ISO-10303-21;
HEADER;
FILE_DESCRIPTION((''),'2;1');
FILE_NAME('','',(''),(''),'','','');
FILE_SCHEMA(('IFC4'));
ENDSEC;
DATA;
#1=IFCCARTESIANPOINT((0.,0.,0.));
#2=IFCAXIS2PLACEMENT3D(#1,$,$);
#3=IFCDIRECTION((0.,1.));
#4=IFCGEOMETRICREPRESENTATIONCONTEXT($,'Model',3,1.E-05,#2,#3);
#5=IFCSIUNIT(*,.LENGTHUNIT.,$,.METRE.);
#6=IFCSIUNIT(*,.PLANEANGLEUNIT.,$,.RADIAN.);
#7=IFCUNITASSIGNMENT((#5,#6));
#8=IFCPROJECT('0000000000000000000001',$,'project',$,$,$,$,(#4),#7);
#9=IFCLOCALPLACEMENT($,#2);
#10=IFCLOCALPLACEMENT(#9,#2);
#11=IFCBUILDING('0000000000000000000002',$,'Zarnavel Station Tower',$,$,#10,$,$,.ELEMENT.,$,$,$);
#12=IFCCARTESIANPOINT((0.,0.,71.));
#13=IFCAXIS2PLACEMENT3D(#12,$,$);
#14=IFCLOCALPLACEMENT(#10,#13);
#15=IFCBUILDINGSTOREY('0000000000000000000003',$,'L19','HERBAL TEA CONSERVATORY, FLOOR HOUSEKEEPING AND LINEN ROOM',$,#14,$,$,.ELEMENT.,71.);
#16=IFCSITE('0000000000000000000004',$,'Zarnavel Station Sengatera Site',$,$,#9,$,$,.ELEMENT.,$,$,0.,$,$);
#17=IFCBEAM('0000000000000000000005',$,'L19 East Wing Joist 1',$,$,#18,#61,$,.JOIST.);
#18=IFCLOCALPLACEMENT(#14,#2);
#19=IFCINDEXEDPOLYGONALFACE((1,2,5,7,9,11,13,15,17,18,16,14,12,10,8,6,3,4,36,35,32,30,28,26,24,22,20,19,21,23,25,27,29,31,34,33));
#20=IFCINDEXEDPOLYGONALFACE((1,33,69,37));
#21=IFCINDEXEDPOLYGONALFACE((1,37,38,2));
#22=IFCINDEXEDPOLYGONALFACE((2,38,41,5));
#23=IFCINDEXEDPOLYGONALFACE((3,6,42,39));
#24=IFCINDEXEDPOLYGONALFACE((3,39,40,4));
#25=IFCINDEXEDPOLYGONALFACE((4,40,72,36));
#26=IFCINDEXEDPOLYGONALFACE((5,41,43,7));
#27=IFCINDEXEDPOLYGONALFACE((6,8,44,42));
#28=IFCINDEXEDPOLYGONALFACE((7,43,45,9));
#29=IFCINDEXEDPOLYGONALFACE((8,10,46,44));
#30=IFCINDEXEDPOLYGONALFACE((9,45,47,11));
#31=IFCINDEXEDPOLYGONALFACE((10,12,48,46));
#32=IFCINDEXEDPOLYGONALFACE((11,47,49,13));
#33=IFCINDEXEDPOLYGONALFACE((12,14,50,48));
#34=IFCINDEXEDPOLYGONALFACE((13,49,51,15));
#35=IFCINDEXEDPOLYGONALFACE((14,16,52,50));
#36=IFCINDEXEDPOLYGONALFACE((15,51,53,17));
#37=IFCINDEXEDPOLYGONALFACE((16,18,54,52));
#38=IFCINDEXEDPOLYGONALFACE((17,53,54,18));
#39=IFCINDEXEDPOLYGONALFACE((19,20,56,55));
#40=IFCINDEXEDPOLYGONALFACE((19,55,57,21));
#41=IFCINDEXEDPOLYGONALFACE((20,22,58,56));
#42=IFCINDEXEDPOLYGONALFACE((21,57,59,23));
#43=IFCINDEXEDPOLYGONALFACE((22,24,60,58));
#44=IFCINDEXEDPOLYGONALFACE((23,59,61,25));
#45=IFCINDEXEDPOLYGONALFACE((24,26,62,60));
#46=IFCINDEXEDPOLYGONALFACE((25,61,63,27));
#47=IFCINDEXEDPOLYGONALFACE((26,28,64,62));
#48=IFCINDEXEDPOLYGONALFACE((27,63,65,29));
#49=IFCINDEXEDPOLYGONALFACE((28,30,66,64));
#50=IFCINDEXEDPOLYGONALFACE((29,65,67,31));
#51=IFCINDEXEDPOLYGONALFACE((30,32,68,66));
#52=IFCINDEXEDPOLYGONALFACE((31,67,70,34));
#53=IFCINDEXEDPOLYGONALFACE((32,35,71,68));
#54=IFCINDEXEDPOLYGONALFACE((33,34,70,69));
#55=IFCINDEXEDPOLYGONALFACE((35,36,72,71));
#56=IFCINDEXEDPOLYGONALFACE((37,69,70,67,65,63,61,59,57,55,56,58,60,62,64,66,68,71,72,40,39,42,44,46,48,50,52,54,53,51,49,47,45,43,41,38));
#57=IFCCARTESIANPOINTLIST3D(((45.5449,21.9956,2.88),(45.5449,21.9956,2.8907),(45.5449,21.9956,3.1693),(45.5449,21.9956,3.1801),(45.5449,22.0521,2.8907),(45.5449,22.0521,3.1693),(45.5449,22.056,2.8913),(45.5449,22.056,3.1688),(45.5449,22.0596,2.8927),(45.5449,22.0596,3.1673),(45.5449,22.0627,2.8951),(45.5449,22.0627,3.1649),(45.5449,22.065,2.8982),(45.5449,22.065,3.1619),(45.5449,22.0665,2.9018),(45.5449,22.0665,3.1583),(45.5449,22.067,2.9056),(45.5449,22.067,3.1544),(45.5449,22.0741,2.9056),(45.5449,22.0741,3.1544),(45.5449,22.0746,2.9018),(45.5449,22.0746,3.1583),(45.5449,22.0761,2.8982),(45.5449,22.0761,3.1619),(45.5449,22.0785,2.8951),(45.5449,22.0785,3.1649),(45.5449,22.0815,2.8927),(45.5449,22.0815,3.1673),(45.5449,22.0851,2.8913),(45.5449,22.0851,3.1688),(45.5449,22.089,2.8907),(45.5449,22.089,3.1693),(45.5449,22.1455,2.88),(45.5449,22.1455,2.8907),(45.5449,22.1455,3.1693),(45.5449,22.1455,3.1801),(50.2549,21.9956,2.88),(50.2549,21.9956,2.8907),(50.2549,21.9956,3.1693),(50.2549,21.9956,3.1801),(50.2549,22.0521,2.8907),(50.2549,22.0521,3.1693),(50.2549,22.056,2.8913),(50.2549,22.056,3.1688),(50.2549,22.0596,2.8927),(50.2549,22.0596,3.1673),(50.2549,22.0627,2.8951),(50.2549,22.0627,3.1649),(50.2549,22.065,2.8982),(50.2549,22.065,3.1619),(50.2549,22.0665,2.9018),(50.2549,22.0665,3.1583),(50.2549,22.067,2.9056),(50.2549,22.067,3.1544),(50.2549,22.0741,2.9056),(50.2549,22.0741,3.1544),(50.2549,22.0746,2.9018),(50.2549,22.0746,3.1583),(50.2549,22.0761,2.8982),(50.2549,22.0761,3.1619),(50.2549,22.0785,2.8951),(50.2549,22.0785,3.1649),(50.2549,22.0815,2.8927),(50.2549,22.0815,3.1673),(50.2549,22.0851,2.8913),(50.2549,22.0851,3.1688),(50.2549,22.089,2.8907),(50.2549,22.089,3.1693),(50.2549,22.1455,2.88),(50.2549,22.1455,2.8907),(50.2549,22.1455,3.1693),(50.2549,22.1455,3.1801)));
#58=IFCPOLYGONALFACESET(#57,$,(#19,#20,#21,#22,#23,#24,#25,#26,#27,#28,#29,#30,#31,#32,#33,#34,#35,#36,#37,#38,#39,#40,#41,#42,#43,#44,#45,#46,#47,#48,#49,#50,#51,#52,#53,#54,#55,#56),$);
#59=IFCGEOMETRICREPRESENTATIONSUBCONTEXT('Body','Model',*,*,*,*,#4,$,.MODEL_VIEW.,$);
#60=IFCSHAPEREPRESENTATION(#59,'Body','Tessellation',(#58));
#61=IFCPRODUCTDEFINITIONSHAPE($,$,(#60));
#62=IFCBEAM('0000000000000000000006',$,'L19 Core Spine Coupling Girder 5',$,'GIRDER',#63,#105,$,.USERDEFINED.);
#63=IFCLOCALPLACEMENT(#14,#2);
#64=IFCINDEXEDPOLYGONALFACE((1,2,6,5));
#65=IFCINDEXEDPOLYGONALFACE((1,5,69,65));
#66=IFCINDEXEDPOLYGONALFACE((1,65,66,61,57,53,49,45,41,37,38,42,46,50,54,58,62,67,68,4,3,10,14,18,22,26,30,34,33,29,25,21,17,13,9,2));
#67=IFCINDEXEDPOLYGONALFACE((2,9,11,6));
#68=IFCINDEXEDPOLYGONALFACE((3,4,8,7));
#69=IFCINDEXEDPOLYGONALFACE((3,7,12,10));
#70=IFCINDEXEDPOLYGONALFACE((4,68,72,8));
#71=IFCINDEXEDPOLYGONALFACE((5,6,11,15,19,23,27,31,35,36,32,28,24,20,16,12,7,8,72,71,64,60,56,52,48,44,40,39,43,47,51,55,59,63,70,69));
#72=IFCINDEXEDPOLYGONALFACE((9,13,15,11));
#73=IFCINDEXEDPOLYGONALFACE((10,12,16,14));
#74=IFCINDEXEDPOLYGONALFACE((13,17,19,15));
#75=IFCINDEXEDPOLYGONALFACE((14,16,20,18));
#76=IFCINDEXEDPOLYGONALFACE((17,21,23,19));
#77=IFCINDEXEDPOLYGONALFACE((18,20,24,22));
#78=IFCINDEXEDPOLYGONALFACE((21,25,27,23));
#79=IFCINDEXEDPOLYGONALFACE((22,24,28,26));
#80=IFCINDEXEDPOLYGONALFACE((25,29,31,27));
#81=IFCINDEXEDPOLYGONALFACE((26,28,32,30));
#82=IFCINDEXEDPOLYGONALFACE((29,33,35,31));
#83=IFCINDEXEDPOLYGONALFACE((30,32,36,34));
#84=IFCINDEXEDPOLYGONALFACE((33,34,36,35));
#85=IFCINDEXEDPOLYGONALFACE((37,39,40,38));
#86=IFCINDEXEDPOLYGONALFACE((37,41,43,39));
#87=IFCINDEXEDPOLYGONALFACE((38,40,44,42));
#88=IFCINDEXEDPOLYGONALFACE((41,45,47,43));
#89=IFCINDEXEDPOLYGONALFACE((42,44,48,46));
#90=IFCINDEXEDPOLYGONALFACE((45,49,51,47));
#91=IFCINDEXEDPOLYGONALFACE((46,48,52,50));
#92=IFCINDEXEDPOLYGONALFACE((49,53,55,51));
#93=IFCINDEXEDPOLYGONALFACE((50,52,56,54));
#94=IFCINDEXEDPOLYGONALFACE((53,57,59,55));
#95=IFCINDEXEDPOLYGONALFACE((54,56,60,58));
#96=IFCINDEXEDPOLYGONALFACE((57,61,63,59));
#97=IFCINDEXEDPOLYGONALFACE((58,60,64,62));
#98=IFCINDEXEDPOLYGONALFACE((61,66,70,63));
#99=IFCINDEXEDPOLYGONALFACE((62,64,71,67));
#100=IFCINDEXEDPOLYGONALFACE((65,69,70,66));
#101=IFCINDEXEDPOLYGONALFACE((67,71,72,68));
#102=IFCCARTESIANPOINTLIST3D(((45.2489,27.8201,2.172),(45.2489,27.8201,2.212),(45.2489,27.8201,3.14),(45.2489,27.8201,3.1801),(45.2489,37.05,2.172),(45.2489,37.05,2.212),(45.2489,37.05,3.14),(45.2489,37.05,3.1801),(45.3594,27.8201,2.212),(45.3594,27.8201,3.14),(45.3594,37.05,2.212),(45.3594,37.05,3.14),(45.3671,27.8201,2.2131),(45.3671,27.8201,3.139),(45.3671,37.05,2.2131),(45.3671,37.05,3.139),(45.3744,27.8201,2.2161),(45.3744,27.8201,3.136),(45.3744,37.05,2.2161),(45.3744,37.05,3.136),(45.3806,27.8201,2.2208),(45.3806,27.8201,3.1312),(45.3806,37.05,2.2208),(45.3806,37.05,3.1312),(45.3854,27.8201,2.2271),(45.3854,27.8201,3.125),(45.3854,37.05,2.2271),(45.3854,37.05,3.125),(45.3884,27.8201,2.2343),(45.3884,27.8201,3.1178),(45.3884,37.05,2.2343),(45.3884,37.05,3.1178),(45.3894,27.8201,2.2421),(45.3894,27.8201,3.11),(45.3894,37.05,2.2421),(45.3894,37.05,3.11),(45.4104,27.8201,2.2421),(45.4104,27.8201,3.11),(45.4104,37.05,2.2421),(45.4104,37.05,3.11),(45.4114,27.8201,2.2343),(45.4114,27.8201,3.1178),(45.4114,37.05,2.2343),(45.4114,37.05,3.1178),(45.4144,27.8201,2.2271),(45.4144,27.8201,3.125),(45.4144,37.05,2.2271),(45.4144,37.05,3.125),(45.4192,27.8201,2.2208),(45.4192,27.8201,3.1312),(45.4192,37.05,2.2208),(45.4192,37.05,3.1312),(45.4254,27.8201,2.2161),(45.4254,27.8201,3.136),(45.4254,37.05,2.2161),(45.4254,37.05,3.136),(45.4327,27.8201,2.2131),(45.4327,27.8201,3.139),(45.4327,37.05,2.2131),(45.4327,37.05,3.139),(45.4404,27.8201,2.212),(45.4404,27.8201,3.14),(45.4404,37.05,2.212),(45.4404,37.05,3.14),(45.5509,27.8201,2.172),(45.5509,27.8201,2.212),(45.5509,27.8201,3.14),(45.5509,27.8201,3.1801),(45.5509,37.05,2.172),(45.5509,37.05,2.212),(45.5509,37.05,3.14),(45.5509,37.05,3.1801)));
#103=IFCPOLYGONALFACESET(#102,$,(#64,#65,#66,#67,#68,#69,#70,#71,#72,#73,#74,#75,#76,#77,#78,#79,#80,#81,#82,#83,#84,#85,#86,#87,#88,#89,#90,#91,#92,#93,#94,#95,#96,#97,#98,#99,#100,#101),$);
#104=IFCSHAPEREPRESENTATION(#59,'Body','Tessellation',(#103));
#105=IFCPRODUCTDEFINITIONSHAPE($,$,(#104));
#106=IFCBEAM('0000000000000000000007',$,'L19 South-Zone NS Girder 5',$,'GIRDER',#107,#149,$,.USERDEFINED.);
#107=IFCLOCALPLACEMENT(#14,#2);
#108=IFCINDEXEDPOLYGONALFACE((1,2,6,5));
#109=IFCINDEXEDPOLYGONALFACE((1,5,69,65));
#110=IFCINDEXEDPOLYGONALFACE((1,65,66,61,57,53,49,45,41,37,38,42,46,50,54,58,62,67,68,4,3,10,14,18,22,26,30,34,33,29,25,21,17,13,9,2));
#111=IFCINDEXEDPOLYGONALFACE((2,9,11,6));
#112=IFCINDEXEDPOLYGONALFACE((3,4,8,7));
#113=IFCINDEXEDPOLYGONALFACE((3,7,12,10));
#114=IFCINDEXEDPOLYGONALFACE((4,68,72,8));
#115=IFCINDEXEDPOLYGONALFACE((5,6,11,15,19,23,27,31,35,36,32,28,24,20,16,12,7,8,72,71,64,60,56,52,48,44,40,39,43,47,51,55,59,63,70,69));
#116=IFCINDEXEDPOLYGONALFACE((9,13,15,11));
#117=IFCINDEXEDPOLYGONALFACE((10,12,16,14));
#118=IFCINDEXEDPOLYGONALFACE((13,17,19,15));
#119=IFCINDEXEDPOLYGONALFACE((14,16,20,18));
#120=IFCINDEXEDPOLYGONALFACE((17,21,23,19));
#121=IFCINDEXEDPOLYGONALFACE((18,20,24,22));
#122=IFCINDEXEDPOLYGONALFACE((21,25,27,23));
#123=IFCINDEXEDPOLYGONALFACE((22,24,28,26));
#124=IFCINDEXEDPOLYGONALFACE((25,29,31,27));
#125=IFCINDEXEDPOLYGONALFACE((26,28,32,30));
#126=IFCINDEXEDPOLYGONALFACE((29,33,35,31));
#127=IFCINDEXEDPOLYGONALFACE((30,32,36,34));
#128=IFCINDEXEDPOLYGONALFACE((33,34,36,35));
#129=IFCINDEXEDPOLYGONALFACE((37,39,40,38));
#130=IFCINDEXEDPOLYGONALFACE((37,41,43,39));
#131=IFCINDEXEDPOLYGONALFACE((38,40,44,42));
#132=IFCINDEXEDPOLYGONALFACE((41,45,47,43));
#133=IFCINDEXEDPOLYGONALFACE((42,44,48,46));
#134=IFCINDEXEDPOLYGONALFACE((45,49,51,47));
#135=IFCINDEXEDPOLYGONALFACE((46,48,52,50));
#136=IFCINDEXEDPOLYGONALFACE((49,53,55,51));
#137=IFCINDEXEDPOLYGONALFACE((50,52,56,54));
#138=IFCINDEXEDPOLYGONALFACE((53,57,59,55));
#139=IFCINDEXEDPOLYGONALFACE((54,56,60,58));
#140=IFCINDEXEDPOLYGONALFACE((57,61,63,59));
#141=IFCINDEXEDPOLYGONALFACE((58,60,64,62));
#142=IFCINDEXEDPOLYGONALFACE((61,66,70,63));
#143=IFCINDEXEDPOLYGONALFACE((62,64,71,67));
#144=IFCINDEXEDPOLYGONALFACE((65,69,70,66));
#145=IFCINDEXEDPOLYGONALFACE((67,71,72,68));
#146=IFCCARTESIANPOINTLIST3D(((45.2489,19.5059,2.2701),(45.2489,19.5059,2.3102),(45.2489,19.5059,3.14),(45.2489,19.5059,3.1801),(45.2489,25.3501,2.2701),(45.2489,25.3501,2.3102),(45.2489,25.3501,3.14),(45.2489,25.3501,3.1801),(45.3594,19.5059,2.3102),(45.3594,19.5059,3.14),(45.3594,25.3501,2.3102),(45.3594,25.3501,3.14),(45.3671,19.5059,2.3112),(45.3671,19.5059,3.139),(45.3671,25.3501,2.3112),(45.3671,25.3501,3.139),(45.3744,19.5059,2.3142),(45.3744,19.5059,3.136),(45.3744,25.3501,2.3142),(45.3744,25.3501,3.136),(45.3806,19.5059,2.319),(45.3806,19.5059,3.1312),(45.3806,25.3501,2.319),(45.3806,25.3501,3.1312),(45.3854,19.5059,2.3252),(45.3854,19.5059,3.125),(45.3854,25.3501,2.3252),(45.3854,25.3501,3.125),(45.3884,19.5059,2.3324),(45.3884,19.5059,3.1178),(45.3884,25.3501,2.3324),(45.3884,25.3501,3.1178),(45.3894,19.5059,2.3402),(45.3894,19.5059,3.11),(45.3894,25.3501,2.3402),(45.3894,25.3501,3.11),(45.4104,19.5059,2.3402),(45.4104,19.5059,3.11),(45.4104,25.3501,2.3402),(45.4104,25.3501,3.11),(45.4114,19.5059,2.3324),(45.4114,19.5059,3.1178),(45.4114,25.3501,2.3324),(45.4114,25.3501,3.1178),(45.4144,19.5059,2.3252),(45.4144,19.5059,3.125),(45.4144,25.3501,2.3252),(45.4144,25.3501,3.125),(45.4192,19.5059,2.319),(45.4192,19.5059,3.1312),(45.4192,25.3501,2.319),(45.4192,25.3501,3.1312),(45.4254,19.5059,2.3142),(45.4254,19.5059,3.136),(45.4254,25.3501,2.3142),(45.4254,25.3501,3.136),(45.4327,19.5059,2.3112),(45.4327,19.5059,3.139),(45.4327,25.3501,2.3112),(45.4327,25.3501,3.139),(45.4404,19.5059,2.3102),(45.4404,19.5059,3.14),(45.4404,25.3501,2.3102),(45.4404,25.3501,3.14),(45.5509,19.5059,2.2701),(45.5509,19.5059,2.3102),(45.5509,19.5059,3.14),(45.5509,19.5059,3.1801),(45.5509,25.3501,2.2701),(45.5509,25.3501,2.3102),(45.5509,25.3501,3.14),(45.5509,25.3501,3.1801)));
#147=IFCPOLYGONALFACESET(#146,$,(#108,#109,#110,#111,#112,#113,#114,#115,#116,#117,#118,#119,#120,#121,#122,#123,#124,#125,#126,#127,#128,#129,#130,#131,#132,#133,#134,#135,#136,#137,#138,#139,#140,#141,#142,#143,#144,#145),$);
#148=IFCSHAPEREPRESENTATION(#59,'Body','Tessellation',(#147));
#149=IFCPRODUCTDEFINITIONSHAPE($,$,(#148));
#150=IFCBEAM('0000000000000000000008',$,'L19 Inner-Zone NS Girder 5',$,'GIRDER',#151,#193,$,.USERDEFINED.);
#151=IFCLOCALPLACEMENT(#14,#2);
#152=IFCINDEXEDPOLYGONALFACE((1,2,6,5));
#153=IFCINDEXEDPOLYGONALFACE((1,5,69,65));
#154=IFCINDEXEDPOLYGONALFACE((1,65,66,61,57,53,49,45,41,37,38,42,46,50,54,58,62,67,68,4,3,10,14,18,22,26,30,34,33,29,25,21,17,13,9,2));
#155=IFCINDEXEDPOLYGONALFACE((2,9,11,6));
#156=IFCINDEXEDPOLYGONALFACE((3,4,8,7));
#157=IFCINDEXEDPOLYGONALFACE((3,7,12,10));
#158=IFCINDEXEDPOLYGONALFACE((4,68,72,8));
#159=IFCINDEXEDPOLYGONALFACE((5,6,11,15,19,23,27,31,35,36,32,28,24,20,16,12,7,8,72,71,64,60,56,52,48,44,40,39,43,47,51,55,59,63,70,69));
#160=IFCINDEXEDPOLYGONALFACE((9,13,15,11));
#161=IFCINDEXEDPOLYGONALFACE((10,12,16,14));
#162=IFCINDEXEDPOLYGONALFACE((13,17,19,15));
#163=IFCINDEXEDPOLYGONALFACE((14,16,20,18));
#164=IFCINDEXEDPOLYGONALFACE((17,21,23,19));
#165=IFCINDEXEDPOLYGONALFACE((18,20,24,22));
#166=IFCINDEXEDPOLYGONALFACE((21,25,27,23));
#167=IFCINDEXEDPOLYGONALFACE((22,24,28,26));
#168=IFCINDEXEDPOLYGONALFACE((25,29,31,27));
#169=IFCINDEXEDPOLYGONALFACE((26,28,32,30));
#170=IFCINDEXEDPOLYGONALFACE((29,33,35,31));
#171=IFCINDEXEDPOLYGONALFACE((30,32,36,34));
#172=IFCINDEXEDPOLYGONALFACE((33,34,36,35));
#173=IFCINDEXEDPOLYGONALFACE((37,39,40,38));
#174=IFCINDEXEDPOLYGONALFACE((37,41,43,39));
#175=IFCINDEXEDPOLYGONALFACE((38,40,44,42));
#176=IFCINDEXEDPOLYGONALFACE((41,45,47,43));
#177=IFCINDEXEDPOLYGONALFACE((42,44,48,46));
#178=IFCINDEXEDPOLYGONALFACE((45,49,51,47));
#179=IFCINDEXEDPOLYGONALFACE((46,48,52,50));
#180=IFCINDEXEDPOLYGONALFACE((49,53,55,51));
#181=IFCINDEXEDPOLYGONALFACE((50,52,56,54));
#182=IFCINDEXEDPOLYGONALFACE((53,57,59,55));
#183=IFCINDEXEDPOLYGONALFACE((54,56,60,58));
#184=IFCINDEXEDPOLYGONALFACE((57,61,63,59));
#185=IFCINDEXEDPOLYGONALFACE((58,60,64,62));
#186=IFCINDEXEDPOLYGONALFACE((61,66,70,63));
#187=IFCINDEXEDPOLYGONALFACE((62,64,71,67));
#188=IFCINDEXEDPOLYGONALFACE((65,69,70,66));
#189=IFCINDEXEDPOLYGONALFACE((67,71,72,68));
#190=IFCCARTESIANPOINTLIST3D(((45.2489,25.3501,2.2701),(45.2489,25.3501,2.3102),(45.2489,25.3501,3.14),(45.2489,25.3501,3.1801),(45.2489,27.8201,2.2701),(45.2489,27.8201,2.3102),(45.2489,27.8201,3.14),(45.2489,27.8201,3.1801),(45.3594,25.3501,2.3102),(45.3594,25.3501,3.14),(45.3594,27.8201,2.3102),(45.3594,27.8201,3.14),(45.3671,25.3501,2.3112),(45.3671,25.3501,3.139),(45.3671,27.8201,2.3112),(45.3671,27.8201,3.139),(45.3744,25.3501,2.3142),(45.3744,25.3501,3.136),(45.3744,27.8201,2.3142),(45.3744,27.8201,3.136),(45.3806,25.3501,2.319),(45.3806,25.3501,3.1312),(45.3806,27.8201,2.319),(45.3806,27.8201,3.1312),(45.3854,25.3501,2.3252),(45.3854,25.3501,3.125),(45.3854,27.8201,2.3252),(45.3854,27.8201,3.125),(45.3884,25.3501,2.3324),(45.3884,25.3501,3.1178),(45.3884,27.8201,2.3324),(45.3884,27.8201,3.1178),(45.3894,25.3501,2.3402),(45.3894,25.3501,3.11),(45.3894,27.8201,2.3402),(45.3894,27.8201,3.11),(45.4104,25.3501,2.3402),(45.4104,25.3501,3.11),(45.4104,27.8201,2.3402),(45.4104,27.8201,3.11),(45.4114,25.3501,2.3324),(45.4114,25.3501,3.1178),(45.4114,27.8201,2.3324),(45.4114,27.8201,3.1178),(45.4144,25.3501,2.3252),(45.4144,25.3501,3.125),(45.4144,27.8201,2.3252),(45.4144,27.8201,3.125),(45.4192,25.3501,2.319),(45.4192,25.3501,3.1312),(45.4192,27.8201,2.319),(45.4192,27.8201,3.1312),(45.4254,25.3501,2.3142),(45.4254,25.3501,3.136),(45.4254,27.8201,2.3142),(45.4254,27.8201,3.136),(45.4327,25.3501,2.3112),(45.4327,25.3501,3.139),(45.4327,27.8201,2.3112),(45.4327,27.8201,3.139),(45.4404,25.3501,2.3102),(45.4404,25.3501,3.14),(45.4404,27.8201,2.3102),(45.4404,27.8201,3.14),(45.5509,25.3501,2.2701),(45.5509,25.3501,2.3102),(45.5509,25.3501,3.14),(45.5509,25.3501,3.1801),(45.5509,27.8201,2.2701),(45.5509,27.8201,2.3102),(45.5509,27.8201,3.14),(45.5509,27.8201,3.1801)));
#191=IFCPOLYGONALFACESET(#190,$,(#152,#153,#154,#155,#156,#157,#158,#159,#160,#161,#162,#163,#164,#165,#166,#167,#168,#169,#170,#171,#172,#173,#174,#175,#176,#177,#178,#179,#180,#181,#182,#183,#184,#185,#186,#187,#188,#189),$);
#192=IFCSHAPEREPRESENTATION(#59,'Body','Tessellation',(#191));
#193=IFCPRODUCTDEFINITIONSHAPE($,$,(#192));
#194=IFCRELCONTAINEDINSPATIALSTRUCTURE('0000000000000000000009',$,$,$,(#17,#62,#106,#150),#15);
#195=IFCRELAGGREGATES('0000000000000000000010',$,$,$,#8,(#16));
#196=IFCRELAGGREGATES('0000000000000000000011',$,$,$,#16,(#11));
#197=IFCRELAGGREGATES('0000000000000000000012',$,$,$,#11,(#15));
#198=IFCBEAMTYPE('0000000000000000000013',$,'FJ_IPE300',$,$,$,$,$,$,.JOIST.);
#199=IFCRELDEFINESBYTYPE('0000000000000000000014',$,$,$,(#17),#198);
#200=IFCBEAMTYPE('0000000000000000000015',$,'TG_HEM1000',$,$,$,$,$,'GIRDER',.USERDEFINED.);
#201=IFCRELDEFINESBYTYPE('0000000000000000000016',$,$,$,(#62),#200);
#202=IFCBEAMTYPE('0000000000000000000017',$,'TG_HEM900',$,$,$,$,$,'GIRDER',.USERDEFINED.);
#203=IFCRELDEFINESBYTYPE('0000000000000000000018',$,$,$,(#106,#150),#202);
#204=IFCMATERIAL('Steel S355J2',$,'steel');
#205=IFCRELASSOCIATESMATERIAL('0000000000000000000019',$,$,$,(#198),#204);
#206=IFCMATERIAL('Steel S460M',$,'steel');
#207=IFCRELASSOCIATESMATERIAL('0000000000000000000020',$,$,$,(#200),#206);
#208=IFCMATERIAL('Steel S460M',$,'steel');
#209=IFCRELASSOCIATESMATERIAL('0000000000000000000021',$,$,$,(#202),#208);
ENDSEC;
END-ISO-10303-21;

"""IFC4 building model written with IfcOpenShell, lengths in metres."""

from ifc_helpers import new_model, si_unit, direction, frame, origin, origin_2d, place, context, subcontext, project, spatial, i_section, extrude, material, material_profile, profile_set, type_object, element, save


model = new_model("IFC4")

# Units and contexts
model_context = context("Model", 3, precision=1e-05, world=origin(), true_north=direction((0.0, 1.0)))
body_context = subcontext(model_context, "Body", "Model", "MODEL_VIEW")
ifc_project = project(units=[si_unit("LENGTHUNIT", "METRE"), si_unit("PLANEANGLEUNIT", "RADIAN")], contexts=[model_context])

# Site, building, storey
site_placement = place(None, origin())
site = spatial("IfcSite", under=ifc_project, at=site_placement, Name="Zarnavel Station Sengatera Site", CompositionType="ELEMENT", RefElevation=0.0)
building_placement = place(site_placement, origin())
building = spatial("IfcBuilding", under=site, at=building_placement, Name="Zarnavel Station Tower", CompositionType="ELEMENT")
storey_placement = place(building_placement, frame((0.0, 0.0, 71.0)))
storey = spatial("IfcBuildingStorey", under=building, at=storey_placement, Name="L19", Description="HERBAL TEA CONSERVATORY, FLOOR HOUSEKEEPING AND LINEN ROOM", CompositionType="ELEMENT", Elevation=71.0)

# Beams
ifc_material_1 = material(Name="Steel S355J2", Category="steel")
ifc_material_profile_1 = material_profile(ifc_material_1, i_section(OverallWidth=0.1499, OverallDepth=0.3, WebThickness=0.0071, FlangeThickness=0.0107, FilletRadius=0.0149, at=origin_2d()), Name="IPE300")
ifc_profile_set_1 = profile_set([ifc_material_profile_1], Name="Steel S355J2")
beam_type_1 = type_object("IfcBeamType", Name="FJ_IPE300", PredefinedType="JOIST", material=ifc_profile_set_1)
beam_1_placement = place(storey_placement, frame((45.5449, 22.0706, 3.03), z_axis=(1.0, 0.0, 0.0), x_axis=(0.0, 1.0, 0.0)))
element("IfcBeam", 1, at=beam_1_placement, inside=storey, type_object=beam_type_1, Name="L19 East Wing Joist 1", PredefinedType="JOIST", context=body_context, shape_type="SweptSolid", body=[
    extrude(i_section(OverallWidth=0.1499, OverallDepth=0.3, WebThickness=0.0071, FlangeThickness=0.0107, FilletRadius=0.0149, at=origin_2d()), origin(), (0.0, 0.0, 1.0), 4.71),
])
ifc_material_2 = material(Name="Steel S460M", Category="steel")
ifc_material_profile_2 = material_profile(ifc_material_2, i_section(OverallWidth=0.302, OverallDepth=1.0081, WebThickness=0.021, FlangeThickness=0.04, FilletRadius=0.03, at=origin_2d()), Name="HEM1000")
ifc_profile_set_2 = profile_set([ifc_material_profile_2], Name="Steel S460M")
beam_type_2 = type_object("IfcBeamType", Name="TG_HEM1000", ElementType="GIRDER", PredefinedType="USERDEFINED", material=ifc_profile_set_2)
beam_2_placement = place(storey_placement, frame((45.3999, 27.8201, 2.676), z_axis=(0.0, 1.0, 0.0), x_axis=(-1.0, 0.0, 0.0)))
element("IfcBeam", 2, at=beam_2_placement, inside=storey, type_object=beam_type_2, Name="L19 Core Spine Coupling Girder 5", ObjectType="GIRDER", PredefinedType="USERDEFINED", context=body_context, shape_type="SweptSolid", body=[
    extrude(i_section(OverallWidth=0.302, OverallDepth=1.0081, WebThickness=0.021, FlangeThickness=0.04, FilletRadius=0.03, at=origin_2d()), origin(), (0.0, 0.0, 1.0), 9.23),
])
ifc_material_3 = material(Name="Steel S460M", Category="steel")
ifc_material_profile_3 = material_profile(ifc_material_3, i_section(OverallWidth=0.302, OverallDepth=0.9099, WebThickness=0.021, FlangeThickness=0.04, FilletRadius=0.03, at=origin_2d()), Name="HEM900")
ifc_profile_set_3 = profile_set([ifc_material_profile_3], Name="Steel S460M")
beam_type_3 = type_object("IfcBeamType", Name="TG_HEM900", ElementType="GIRDER", PredefinedType="USERDEFINED", material=ifc_profile_set_3)
beam_3_placement = place(storey_placement, frame((45.3999, 19.5059, 2.7251), z_axis=(0.0, 1.0, 0.0), x_axis=(-1.0, 0.0, 0.0)))
element("IfcBeam", 3, at=beam_3_placement, inside=storey, type_object=beam_type_3, Name="L19 South-Zone NS Girder 5", ObjectType="GIRDER", PredefinedType="USERDEFINED", context=body_context, shape_type="SweptSolid", body=[
    extrude(i_section(OverallWidth=0.302, OverallDepth=0.9099, WebThickness=0.021, FlangeThickness=0.04, FilletRadius=0.03, at=origin_2d()), origin(), (0.0, 0.0, 1.0), 5.8442),
])
beam_4_placement = place(storey_placement, frame((45.3999, 25.3501, 2.7251), z_axis=(0.0, 1.0, 0.0), x_axis=(-1.0, 0.0, 0.0)))
element("IfcBeam", 4, at=beam_4_placement, inside=storey, type_object=beam_type_3, Name="L19 Inner-Zone NS Girder 5", ObjectType="GIRDER", PredefinedType="USERDEFINED", context=body_context, shape_type="SweptSolid", body=[
    extrude(i_section(OverallWidth=0.302, OverallDepth=0.9099, WebThickness=0.021, FlangeThickness=0.04, FilletRadius=0.03, at=origin_2d()), origin(), (0.0, 0.0, 1.0), 2.47),
])

save(model, "model.ifc")
